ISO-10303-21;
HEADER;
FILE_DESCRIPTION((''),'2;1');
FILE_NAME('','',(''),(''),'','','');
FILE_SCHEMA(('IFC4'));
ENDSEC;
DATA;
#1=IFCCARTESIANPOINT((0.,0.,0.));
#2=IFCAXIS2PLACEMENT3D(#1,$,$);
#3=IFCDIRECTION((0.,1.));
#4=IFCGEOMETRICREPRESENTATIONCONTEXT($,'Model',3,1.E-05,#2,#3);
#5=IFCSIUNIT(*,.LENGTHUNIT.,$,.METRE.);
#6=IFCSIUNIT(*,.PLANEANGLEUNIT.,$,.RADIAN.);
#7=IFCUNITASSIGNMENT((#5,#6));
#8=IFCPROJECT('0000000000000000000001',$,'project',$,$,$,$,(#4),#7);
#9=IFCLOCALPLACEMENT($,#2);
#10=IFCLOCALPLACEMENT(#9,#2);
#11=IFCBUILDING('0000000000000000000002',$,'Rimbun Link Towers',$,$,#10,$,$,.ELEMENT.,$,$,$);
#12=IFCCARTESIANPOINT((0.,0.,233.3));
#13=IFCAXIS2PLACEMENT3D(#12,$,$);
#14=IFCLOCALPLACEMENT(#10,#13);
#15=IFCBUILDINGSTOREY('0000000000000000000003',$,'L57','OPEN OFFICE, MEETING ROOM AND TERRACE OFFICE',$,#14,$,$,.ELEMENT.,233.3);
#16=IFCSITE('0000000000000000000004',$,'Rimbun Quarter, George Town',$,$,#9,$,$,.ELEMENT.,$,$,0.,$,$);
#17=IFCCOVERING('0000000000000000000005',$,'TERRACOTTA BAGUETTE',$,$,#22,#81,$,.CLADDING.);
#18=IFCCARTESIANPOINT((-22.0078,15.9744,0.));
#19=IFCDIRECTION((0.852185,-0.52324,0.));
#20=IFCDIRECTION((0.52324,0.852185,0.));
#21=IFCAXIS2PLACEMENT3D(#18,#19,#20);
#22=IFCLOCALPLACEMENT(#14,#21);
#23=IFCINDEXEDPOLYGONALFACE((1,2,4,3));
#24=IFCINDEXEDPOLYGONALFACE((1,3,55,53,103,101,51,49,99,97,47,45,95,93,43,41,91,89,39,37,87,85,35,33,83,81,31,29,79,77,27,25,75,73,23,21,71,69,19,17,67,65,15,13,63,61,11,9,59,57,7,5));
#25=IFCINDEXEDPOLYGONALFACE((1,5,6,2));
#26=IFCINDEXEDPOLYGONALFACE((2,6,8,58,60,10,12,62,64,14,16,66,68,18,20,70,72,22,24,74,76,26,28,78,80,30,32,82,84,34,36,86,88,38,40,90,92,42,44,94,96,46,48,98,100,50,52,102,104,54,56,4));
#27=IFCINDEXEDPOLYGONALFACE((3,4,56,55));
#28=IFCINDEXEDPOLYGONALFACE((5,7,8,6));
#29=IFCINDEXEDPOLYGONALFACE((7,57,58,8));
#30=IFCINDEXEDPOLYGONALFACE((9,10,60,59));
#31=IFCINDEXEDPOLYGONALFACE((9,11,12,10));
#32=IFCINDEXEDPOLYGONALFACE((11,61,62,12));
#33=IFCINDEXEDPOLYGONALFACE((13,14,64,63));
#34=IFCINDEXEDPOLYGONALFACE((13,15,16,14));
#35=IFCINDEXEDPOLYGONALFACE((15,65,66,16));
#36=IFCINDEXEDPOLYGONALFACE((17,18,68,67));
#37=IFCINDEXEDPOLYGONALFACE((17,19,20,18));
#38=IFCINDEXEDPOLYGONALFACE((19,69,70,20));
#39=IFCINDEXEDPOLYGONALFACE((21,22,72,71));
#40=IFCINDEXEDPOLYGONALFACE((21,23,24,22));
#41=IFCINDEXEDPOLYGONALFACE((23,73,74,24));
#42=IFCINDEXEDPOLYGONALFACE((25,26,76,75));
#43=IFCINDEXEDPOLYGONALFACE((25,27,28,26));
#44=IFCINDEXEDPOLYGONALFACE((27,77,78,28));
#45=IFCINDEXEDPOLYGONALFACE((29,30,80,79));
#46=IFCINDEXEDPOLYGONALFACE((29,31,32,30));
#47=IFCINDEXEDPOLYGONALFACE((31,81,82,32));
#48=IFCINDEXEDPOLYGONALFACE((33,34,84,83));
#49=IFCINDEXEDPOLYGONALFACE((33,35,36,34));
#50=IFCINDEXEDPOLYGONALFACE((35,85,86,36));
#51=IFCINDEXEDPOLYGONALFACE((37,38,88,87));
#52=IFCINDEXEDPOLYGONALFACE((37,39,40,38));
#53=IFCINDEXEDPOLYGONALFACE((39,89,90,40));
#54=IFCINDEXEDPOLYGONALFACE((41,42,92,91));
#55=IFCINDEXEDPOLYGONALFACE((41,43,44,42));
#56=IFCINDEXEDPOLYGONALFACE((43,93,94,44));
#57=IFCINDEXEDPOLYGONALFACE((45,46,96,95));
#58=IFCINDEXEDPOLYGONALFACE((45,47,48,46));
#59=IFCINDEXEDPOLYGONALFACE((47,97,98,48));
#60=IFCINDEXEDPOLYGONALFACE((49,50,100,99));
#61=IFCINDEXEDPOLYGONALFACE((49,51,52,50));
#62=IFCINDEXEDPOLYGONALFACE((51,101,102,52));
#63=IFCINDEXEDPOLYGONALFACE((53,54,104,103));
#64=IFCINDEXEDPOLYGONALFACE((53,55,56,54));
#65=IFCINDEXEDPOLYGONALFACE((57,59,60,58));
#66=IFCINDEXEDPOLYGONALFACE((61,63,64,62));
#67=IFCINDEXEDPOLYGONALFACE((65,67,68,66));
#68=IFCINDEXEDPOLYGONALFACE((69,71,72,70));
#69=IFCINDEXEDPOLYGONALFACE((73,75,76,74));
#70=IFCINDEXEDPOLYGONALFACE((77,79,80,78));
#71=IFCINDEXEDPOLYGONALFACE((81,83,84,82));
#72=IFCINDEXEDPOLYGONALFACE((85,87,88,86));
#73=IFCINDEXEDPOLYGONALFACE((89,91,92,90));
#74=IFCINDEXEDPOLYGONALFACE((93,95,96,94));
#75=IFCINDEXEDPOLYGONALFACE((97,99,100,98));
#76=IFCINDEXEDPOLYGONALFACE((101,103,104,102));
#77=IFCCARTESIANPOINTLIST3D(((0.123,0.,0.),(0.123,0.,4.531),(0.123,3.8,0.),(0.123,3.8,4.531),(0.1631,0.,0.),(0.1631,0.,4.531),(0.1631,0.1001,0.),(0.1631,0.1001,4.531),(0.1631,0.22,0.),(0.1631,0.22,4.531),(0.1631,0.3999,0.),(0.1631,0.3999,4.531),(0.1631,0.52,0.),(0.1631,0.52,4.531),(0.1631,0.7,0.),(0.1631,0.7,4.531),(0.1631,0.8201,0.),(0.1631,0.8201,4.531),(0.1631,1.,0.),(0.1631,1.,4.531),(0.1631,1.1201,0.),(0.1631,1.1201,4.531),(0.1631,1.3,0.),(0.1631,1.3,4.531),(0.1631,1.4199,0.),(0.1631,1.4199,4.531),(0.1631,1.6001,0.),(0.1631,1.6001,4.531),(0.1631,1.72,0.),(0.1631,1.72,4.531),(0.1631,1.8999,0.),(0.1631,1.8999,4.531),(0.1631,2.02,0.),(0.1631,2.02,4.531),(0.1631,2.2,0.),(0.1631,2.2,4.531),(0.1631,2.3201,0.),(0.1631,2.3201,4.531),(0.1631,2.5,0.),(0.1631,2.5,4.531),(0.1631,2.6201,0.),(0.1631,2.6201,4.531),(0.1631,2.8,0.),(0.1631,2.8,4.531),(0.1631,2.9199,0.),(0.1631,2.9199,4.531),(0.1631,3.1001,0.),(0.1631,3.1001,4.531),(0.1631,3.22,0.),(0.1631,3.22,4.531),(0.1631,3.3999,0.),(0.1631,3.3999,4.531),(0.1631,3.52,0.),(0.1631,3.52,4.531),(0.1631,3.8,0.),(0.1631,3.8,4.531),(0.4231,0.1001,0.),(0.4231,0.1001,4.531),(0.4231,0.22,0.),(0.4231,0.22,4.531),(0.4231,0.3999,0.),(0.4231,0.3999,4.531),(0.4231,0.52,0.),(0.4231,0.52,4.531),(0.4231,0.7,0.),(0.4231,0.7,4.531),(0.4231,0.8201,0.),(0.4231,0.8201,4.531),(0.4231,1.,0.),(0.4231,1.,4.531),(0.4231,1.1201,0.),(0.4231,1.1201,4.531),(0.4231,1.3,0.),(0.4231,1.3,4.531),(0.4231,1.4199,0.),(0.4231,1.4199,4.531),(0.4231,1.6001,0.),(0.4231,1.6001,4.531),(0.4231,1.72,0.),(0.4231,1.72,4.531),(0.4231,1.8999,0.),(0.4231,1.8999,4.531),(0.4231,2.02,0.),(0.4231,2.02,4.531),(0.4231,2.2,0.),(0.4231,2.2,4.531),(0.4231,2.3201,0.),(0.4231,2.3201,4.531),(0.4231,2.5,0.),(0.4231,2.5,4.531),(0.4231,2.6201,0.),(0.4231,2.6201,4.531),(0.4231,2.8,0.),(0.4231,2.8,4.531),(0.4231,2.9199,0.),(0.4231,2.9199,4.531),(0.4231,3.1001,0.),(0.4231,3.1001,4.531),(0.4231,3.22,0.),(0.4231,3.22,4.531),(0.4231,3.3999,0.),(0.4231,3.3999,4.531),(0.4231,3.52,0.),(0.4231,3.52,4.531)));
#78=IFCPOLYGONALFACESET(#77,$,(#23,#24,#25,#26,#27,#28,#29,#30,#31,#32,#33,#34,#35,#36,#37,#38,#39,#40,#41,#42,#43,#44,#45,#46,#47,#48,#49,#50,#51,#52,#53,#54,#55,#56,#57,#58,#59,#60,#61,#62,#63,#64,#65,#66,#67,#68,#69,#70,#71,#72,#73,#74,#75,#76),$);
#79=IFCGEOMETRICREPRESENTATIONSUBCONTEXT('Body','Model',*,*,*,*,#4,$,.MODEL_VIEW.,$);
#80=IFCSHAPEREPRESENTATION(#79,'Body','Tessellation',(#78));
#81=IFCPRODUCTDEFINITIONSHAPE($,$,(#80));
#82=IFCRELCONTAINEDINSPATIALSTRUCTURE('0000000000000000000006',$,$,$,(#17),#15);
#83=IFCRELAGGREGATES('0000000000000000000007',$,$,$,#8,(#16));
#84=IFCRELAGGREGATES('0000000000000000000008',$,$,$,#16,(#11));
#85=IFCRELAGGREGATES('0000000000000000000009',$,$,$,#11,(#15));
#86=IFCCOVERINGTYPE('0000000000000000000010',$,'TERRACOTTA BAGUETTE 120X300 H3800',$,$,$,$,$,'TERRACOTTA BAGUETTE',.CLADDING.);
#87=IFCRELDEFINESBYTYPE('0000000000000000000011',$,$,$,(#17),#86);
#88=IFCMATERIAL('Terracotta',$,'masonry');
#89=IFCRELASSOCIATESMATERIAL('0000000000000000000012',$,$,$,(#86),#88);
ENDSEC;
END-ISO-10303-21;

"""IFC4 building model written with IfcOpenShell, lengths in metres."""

from ifc_helpers import new_model, si_unit, direction, frame, origin, place, context, subcontext, project, spatial, polyline, outline, extrude, material, material_profile, profile_set, type_object, element, save


model = new_model("IFC4")

# Units and contexts
model_context = context("Model", 3, precision=1e-05, world=origin(), true_north=direction((0.0, 1.0)))
body_context = subcontext(model_context, "Body", "Model", "MODEL_VIEW")
ifc_project = project(units=[si_unit("LENGTHUNIT", "METRE"), si_unit("PLANEANGLEUNIT", "RADIAN")], contexts=[model_context])

# Site, building, storey
site_placement = place(None, origin())
site = spatial("IfcSite", under=ifc_project, at=site_placement, Name="Rimbun Quarter, George Town", CompositionType="ELEMENT", RefElevation=0.0)
building_placement = place(site_placement, origin())
building = spatial("IfcBuilding", under=site, at=building_placement, Name="Rimbun Link Towers", CompositionType="ELEMENT")
storey_placement = place(building_placement, frame((0.0, 0.0, 233.3)))
storey = spatial("IfcBuildingStorey", under=building, at=storey_placement, Name="L57", Description="OPEN OFFICE, MEETING ROOM AND TERRACE OFFICE", CompositionType="ELEMENT", Elevation=233.3)

# Covering
ifc_material_1 = material(Name="Terracotta", Category="masonry")
ifc_material_profile_1 = material_profile(ifc_material_1, outline(polyline([(0.123, 0.0), (0.1631, 0.0), (0.1631, 0.1001), (0.4231, 0.1001), (0.4231, 0.22), (0.1631, 0.22), (0.1631, 0.3999), (0.4231, 0.3999), (0.4231, 0.52), (0.1631, 0.52), (0.1631, 0.7), (0.4231, 0.7), (0.4231, 0.8201), (0.1631, 0.8201), (0.1631, 1.0), (0.4231, 1.0), (0.4231, 1.1201), (0.1631, 1.1201), (0.1631, 1.3), (0.4231, 1.3), (0.4231, 1.4199), (0.1631, 1.4199), (0.1631, 1.6001), (0.4231, 1.6001), (0.4231, 1.72), (0.1631, 1.72), (0.1631, 1.8999), (0.4231, 1.8999), (0.4231, 2.02), (0.1631, 2.02), (0.1631, 2.2), (0.4231, 2.2), (0.4231, 2.3201), (0.1631, 2.3201), (0.1631, 2.5), (0.4231, 2.5), (0.4231, 2.6201), (0.1631, 2.6201), (0.1631, 2.8), (0.4231, 2.8), (0.4231, 2.9199), (0.1631, 2.9199), (0.1631, 3.1001), (0.4231, 3.1001), (0.4231, 3.22), (0.1631, 3.22), (0.1631, 3.3999), (0.4231, 3.3999), (0.4231, 3.52), (0.1631, 3.52), (0.1631, 3.8), (0.123, 3.8), (0.123, 0.0)])), Name="BAGUETTE 120X300")
ifc_profile_set_1 = profile_set([ifc_material_profile_1], Name="Terracotta")
covering_type = type_object("IfcCoveringType", Name="TERRACOTTA BAGUETTE 120X300 H3800", ElementType="TERRACOTTA BAGUETTE", PredefinedType="CLADDING", material=ifc_profile_set_1)
covering_placement = place(storey_placement, frame((-22.0078, 15.9744, 0.0), z_axis=(0.852185, -0.52324, 0.0), x_axis=(0.52324, 0.852185, 0.0)))
element("IfcCovering", 1, at=covering_placement, inside=storey, type_object=covering_type, Name="TERRACOTTA BAGUETTE", PredefinedType="CLADDING", context=body_context, shape_type="SweptSolid", body=[
    extrude(outline(polyline([(0.123, 0.0), (0.1631, 0.0), (0.1631, 0.1001), (0.4231, 0.1001), (0.4231, 0.22), (0.1631, 0.22), (0.1631, 0.3999), (0.4231, 0.3999), (0.4231, 0.52), (0.1631, 0.52), (0.1631, 0.7), (0.4231, 0.7), (0.4231, 0.8201), (0.1631, 0.8201), (0.1631, 1.0), (0.4231, 1.0), (0.4231, 1.1201), (0.1631, 1.1201), (0.1631, 1.3), (0.4231, 1.3), (0.4231, 1.4199), (0.1631, 1.4199), (0.1631, 1.6001), (0.4231, 1.6001), (0.4231, 1.72), (0.1631, 1.72), (0.1631, 1.8999), (0.4231, 1.8999), (0.4231, 2.02), (0.1631, 2.02), (0.1631, 2.2), (0.4231, 2.2), (0.4231, 2.3201), (0.1631, 2.3201), (0.1631, 2.5), (0.4231, 2.5), (0.4231, 2.6201), (0.1631, 2.6201), (0.1631, 2.8), (0.4231, 2.8), (0.4231, 2.9199), (0.1631, 2.9199), (0.1631, 3.1001), (0.4231, 3.1001), (0.4231, 3.22), (0.1631, 3.22), (0.1631, 3.3999), (0.4231, 3.3999), (0.4231, 3.52), (0.1631, 3.52), (0.1631, 3.8), (0.123, 3.8), (0.123, 0.0)])), origin(), (0.0, 0.0, 1.0), 4.531),
])

save(model, "model.ifc")
